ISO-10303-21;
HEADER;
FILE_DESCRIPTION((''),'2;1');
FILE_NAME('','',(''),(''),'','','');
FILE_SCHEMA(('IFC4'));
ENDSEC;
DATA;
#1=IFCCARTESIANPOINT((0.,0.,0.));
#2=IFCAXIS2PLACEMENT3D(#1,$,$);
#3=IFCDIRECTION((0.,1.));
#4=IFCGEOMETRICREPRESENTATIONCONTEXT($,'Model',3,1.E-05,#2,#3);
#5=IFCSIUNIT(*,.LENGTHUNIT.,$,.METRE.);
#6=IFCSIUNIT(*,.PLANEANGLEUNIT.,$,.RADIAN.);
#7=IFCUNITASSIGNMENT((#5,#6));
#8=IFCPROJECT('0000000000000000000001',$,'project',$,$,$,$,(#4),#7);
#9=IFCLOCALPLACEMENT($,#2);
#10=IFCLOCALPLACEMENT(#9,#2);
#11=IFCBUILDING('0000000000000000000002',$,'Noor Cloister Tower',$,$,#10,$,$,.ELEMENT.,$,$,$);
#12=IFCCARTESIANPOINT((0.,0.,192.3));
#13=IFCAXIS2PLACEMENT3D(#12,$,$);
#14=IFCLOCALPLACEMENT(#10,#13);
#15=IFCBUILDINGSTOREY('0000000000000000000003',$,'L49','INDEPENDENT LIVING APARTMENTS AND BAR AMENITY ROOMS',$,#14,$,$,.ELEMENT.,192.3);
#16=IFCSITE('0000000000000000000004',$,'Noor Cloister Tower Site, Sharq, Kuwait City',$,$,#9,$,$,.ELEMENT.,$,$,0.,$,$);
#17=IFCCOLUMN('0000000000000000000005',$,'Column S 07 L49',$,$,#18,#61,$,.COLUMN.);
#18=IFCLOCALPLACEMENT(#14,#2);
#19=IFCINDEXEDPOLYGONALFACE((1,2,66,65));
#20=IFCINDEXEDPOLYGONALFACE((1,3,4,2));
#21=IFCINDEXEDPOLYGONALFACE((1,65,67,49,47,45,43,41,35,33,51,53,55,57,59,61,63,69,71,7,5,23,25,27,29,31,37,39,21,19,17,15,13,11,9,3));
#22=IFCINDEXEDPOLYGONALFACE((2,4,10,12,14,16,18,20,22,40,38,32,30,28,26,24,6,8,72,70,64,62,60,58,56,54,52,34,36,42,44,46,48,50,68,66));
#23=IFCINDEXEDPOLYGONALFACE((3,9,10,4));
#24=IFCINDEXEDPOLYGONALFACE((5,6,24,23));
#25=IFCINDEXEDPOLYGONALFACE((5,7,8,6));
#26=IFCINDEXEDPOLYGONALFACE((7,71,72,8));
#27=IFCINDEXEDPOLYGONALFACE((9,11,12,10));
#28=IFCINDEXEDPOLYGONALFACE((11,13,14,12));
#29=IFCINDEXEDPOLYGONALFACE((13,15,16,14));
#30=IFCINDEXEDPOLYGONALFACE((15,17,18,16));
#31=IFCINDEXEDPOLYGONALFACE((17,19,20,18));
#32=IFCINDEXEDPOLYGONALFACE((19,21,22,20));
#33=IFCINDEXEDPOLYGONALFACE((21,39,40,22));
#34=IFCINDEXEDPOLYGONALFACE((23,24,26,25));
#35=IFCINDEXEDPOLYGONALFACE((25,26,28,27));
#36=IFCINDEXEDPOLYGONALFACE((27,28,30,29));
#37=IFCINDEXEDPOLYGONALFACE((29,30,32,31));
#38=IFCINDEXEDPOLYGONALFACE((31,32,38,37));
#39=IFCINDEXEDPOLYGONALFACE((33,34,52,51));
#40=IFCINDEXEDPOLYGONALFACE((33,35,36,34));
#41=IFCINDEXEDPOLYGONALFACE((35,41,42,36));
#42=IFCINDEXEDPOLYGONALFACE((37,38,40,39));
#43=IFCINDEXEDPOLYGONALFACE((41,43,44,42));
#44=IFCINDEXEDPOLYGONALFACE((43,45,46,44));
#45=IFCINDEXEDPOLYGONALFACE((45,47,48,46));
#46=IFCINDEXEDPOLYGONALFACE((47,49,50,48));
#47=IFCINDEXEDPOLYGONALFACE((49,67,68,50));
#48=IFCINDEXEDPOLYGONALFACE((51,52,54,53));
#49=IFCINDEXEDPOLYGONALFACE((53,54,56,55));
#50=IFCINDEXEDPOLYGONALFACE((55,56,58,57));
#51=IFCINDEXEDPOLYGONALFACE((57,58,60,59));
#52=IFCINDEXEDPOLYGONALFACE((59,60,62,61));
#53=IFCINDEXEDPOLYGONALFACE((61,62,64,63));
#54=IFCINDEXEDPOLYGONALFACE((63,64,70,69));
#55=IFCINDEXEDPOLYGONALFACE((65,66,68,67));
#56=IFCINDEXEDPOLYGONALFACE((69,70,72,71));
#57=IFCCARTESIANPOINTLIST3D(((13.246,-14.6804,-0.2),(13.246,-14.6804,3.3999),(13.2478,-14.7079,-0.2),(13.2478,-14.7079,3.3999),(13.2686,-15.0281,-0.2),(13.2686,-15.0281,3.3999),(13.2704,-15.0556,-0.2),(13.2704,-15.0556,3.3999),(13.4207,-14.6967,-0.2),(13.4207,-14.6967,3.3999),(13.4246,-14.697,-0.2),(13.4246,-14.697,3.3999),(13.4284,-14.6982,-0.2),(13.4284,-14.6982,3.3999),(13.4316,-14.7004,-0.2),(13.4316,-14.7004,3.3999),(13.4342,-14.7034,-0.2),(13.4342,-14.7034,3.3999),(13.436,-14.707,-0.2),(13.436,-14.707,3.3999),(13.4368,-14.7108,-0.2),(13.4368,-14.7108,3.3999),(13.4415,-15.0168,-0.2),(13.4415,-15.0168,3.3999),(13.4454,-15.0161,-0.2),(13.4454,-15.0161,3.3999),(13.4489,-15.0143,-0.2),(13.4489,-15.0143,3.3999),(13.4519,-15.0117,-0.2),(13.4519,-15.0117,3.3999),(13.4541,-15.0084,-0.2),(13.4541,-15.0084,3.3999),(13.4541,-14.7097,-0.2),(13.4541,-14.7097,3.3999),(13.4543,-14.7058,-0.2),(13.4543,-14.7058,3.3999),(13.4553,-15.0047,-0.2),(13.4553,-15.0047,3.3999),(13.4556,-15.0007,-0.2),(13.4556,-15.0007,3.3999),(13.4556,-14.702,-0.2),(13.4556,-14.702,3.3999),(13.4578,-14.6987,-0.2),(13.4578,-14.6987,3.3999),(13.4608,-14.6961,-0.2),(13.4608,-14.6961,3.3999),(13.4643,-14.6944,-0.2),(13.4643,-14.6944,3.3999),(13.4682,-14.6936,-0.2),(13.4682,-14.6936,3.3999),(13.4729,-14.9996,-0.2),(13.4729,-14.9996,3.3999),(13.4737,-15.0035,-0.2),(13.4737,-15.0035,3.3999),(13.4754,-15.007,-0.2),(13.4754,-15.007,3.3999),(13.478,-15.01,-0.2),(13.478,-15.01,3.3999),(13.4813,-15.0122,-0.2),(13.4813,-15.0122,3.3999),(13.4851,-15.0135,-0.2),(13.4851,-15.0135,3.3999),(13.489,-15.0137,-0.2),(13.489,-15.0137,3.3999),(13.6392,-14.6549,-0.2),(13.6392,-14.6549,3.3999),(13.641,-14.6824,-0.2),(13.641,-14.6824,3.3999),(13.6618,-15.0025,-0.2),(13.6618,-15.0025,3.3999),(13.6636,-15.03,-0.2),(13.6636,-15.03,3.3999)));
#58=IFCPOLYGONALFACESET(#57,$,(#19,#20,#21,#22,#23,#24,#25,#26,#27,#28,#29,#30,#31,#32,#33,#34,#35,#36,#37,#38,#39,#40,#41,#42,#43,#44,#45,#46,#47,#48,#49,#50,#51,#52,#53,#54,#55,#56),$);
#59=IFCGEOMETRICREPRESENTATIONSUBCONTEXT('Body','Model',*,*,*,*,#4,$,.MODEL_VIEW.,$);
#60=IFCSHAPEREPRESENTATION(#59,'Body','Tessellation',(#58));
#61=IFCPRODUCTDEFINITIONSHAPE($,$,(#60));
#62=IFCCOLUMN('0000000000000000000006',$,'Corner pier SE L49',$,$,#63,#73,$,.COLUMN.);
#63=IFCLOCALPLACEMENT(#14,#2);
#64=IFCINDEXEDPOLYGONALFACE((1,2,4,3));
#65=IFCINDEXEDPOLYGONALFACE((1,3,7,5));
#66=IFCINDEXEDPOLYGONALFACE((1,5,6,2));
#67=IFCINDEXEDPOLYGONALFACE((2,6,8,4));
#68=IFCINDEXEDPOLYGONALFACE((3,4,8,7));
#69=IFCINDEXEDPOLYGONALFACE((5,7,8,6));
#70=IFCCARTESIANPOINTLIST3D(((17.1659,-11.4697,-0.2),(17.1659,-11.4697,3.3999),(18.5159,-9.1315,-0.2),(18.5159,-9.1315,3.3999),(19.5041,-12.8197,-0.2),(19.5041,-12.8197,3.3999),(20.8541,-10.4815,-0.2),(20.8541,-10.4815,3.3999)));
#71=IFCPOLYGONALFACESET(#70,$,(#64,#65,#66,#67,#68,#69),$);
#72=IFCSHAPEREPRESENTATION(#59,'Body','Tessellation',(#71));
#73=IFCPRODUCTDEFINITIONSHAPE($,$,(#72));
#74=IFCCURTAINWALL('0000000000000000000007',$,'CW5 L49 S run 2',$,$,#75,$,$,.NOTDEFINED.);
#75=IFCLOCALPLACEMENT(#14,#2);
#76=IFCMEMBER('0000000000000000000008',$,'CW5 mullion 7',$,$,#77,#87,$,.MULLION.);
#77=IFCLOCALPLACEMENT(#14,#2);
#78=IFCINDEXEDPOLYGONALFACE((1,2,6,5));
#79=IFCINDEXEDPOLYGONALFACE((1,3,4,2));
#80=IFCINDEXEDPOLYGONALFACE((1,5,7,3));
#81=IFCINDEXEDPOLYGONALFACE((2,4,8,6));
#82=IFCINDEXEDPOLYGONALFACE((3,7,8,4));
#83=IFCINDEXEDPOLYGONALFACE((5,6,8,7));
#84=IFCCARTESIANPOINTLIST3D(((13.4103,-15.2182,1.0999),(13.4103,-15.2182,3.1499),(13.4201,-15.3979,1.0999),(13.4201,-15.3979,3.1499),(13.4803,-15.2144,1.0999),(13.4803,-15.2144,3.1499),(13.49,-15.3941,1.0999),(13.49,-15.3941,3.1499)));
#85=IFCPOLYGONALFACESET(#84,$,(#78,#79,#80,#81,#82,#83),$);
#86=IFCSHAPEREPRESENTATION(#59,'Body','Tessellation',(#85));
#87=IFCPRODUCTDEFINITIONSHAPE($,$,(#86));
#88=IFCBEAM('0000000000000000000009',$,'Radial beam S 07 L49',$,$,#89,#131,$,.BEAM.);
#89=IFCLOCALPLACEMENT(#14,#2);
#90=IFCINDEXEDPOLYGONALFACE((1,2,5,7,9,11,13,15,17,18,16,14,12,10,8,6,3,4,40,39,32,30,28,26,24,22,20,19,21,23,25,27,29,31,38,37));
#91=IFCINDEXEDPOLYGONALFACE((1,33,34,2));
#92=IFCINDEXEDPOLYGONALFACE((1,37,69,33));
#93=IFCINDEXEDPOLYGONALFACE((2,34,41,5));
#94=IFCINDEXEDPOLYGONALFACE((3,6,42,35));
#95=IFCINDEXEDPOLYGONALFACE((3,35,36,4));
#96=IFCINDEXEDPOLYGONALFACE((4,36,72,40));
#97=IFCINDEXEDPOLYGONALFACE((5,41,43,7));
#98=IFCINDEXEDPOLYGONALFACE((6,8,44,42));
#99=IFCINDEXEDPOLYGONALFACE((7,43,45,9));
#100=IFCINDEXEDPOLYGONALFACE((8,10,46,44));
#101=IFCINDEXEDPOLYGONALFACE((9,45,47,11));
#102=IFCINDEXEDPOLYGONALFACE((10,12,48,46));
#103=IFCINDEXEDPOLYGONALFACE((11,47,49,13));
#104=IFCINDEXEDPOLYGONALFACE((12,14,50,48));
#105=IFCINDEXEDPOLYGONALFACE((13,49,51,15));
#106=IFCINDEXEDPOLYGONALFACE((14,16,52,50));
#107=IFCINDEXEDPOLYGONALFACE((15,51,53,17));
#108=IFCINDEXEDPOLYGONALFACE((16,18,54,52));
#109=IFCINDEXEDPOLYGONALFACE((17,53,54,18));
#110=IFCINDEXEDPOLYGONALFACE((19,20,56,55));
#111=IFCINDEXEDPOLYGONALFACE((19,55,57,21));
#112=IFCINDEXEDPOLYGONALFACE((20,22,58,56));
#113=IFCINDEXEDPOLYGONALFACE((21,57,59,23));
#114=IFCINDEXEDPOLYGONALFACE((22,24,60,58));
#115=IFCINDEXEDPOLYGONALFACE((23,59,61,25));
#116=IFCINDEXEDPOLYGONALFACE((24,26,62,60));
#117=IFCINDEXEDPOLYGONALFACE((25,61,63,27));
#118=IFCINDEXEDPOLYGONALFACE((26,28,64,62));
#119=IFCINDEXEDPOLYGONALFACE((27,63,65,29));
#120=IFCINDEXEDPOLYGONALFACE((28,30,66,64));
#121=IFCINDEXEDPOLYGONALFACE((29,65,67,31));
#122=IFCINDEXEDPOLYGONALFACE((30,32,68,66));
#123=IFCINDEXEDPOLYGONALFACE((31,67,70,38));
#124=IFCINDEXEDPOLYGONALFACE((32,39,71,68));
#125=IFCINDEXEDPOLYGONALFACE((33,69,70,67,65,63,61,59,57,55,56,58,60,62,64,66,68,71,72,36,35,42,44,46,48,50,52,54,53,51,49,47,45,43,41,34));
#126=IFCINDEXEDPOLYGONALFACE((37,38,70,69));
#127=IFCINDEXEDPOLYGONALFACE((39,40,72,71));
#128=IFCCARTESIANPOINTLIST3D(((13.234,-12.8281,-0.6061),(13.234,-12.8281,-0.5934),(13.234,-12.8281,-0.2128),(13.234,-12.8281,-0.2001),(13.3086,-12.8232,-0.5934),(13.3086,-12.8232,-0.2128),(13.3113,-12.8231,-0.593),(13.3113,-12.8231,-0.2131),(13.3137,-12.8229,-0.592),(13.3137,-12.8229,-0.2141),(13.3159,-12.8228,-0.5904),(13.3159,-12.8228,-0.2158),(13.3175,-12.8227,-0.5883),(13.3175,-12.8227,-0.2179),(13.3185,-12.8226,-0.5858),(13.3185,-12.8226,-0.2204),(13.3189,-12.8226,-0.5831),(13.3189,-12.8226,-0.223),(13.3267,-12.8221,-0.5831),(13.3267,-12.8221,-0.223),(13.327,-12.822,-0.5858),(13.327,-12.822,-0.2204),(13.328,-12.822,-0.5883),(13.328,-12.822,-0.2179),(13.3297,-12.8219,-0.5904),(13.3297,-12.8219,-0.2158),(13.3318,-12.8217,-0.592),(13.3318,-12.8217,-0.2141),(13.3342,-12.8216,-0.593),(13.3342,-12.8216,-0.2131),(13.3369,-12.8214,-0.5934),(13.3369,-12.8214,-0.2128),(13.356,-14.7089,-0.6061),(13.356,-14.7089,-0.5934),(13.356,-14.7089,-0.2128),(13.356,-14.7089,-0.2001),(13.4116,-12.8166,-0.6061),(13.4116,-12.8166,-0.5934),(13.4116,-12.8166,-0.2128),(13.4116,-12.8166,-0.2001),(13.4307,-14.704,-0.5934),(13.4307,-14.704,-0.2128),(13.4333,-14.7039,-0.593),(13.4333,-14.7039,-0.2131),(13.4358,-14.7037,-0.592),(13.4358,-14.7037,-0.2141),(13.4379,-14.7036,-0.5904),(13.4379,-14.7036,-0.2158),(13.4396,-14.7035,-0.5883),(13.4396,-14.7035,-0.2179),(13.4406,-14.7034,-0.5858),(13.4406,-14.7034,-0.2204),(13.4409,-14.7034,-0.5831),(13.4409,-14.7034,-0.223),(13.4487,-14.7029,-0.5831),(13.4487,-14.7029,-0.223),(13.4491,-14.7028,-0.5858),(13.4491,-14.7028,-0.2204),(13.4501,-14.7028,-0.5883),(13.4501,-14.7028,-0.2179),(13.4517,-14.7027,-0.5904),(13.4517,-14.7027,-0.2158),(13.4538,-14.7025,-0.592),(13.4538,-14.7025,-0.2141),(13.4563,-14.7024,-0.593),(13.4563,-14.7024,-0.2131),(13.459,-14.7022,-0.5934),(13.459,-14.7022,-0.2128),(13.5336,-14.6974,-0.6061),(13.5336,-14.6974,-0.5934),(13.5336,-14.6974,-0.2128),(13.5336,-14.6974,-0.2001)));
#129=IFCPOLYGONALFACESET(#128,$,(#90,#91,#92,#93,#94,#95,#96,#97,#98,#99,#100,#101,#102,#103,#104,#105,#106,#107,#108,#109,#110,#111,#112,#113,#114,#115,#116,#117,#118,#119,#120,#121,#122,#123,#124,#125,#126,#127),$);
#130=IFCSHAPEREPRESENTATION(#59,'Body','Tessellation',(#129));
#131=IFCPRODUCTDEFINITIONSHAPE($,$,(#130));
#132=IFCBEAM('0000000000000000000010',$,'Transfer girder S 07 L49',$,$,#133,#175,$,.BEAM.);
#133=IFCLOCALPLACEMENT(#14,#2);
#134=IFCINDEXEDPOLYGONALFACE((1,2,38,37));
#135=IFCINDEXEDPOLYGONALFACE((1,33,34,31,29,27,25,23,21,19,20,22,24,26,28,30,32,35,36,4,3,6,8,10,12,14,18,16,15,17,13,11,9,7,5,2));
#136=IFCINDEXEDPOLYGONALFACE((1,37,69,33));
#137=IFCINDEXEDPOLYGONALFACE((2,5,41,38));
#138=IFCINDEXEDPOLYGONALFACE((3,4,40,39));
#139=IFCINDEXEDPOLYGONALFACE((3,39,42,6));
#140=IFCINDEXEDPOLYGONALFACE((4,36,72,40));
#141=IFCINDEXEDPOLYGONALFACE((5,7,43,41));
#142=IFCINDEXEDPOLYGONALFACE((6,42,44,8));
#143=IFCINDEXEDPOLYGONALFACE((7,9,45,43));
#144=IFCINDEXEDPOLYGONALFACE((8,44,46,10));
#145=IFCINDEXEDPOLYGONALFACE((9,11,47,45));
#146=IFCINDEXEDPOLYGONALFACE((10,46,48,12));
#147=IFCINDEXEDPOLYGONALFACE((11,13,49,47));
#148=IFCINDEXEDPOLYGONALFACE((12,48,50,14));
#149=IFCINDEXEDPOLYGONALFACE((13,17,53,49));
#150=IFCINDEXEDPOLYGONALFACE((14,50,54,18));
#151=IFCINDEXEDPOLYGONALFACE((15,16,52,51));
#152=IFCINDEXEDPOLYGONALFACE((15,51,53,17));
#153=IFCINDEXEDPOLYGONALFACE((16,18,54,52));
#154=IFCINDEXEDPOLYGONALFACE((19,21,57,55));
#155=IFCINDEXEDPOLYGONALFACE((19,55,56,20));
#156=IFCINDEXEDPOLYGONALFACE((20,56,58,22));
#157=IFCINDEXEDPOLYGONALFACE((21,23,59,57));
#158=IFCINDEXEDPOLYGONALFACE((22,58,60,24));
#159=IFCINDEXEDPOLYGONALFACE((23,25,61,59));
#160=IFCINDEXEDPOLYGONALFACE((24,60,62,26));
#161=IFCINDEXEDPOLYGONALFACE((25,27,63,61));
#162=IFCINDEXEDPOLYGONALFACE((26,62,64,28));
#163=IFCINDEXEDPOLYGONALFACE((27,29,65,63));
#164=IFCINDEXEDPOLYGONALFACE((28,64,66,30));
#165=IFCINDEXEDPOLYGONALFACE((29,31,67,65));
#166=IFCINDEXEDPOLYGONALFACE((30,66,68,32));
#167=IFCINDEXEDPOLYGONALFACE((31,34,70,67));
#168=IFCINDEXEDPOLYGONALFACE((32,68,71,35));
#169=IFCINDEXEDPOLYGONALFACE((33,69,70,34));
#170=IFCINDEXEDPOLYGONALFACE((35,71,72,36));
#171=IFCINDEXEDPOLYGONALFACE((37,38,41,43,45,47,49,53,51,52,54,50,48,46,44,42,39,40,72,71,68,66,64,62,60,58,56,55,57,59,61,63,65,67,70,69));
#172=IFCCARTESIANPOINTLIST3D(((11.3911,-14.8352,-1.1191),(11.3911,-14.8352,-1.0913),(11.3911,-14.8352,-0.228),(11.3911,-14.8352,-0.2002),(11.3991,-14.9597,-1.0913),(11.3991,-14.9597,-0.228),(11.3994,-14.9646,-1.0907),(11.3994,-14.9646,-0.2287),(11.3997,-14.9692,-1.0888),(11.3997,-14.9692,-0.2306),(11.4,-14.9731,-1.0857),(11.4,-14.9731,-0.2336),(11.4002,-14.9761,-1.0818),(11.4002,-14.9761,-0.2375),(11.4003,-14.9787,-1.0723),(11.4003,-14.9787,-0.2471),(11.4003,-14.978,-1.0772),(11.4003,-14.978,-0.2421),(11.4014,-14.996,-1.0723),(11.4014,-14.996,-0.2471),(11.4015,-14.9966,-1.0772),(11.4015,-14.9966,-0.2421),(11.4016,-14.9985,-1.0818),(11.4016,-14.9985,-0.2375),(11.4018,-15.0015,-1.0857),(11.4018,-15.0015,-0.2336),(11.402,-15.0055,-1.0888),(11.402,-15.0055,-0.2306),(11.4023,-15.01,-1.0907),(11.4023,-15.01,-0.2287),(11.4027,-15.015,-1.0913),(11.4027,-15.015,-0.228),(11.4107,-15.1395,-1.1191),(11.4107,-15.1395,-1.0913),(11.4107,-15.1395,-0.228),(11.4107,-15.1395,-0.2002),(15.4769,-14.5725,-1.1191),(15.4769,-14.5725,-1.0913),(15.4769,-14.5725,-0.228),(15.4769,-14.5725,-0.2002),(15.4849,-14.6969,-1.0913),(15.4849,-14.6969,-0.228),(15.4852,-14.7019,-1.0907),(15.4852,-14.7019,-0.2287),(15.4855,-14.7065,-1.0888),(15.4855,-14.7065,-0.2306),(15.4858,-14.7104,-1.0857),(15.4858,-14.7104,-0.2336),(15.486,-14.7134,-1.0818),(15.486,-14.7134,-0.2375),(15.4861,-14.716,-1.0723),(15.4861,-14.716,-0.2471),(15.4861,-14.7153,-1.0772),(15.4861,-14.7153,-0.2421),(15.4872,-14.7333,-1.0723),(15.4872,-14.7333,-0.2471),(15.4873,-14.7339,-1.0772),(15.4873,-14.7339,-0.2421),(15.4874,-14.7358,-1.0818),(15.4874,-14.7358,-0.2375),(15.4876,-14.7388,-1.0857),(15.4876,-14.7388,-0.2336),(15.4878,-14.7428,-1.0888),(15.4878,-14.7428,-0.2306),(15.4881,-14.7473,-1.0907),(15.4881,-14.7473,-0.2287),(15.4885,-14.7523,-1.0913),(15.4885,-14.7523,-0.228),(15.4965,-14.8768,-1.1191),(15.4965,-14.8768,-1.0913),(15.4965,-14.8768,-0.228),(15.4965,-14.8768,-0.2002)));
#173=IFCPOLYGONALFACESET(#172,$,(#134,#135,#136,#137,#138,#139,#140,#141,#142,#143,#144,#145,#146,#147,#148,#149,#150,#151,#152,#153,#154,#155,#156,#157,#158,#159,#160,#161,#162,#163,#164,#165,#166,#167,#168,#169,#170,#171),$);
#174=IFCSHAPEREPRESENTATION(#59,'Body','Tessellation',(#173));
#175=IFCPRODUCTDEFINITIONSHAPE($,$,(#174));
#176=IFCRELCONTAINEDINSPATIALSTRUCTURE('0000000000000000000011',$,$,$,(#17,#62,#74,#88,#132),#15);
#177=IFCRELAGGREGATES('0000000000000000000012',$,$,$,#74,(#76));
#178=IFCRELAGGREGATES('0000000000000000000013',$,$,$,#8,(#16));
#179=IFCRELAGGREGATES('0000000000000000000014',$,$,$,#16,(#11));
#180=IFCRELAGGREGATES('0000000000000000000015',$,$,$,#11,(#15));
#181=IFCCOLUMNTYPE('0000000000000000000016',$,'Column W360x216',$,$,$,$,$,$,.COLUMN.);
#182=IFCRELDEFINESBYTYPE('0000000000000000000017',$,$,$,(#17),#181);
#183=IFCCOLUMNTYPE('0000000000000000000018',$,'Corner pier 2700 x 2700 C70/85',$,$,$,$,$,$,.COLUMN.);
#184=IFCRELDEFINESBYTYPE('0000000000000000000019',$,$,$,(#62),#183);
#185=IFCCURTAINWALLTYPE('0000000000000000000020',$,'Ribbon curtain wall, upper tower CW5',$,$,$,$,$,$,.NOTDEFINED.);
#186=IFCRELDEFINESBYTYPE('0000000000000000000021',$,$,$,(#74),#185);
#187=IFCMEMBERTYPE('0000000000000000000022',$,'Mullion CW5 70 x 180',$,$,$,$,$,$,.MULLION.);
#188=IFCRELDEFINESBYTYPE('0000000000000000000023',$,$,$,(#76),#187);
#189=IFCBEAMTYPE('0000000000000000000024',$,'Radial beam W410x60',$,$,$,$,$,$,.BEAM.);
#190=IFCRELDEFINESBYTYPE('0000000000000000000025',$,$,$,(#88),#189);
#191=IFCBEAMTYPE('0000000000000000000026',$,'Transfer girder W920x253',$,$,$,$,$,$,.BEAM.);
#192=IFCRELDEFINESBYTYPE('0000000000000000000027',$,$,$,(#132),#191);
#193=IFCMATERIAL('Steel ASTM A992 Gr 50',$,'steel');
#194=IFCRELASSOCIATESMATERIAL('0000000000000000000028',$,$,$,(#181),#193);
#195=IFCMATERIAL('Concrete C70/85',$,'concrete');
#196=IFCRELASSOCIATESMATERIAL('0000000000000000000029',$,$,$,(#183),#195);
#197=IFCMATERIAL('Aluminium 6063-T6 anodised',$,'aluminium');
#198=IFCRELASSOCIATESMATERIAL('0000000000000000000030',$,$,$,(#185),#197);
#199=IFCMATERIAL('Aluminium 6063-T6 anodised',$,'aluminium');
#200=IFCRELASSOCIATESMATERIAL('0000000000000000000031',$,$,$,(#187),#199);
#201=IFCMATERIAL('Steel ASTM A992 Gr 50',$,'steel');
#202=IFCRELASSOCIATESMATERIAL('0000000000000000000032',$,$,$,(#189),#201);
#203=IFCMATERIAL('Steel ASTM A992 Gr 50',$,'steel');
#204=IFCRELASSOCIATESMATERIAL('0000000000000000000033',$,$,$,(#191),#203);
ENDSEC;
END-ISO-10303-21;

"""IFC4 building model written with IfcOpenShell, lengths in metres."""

from ifc_helpers import new_model, si_unit, direction, frame, origin, origin_2d, place, context, subcontext, project, spatial, rectangle, i_section, extrude, material, material_profile, profile_set, type_object, element, aggregate, save


model = new_model("IFC4")

# Units and contexts
model_context = context("Model", 3, precision=1e-05, world=origin(), true_north=direction((0.0, 1.0)))
body_context = subcontext(model_context, "Body", "Model", "MODEL_VIEW")
ifc_project = project(units=[si_unit("LENGTHUNIT", "METRE"), si_unit("PLANEANGLEUNIT", "RADIAN")], contexts=[model_context])

# Site, building, storey
site_placement = place(None, origin())
site = spatial("IfcSite", under=ifc_project, at=site_placement, Name="Noor Cloister Tower Site, Sharq, Kuwait City", CompositionType="ELEMENT", RefElevation=0.0)
building_placement = place(site_placement, origin())
building = spatial("IfcBuilding", under=site, at=building_placement, Name="Noor Cloister Tower", CompositionType="ELEMENT")
storey_placement = place(building_placement, frame((0.0, 0.0, 192.3)))
storey = spatial("IfcBuildingStorey", under=building, at=storey_placement, Name="L49", Description="INDEPENDENT LIVING APARTMENTS AND BAR AMENITY ROOMS", CompositionType="ELEMENT", Elevation=192.3)

# Columns
ifc_material_1 = material(Name="Steel ASTM A992 Gr 50", Category="steel")
ifc_material_profile_1 = material_profile(ifc_material_1, i_section(OverallWidth=0.394, OverallDepth=0.376, WebThickness=0.0173, FlangeThickness=0.0276, FilletRadius=0.0151, at=origin_2d()), Name="W360x216")
ifc_profile_set_1 = profile_set([ifc_material_profile_1], Name="Steel ASTM A992 Gr 50")
column_type_1 = type_object("IfcColumnType", Name="Column W360x216", PredefinedType="COLUMN", material=ifc_profile_set_1)
column_1_placement = place(storey_placement, frame((13.4548, -14.8552, -0.2), z_axis=(0.0, 0.0, 1.0), x_axis=(0.997893, 0.064875, 0.0)))
element("IfcColumn", 1, at=column_1_placement, inside=storey, type_object=column_type_1, Name="Column S 07 L49", PredefinedType="COLUMN", context=body_context, shape_type="SweptSolid", body=[
    extrude(i_section(OverallWidth=0.394, OverallDepth=0.376, WebThickness=0.0173, FlangeThickness=0.0276, FilletRadius=0.0151, at=origin_2d()), origin(), (0.0, 0.0, 1.0), 3.5999),
])
ifc_material_2 = material(Name="Concrete C70/85", Category="concrete")
ifc_material_profile_2 = material_profile(ifc_material_2, rectangle(XDim=2.7, YDim=2.7, at=origin_2d()), Name="RC 2700x2700")
ifc_profile_set_2 = profile_set([ifc_material_profile_2], Name="Concrete C70/85")
column_type_2 = type_object("IfcColumnType", Name="Corner pier 2700 x 2700 C70/85", PredefinedType="COLUMN", material=ifc_profile_set_2)
column_2_placement = place(storey_placement, frame((19.01, -10.9756, -0.2), z_axis=(0.0, 0.0, 1.0), x_axis=(0.866025, -0.5, 0.0)))
element("IfcColumn", 2, at=column_2_placement, inside=storey, type_object=column_type_2, Name="Corner pier SE L49", PredefinedType="COLUMN", context=body_context, shape_type="SweptSolid", body=[
    extrude(rectangle(XDim=2.7, YDim=2.7, at=origin_2d()), origin(), (0.0, 0.0, 1.0), 3.5999),
])

# Curtain wall, member
ifc_material_3 = material(Name="Aluminium 6063-T6 anodised", Category="aluminium")
curtain_wall_type = type_object("IfcCurtainWallType", Name="Ribbon curtain wall, upper tower CW5", PredefinedType="NOTDEFINED", material=ifc_material_3)
curtain_wall_placement = place(storey_placement, origin())
curtain_wall = element("IfcCurtainWall", 3, at=curtain_wall_placement, inside=storey, type_object=curtain_wall_type, Name="CW5 L49 S run 2", PredefinedType="NOTDEFINED")
ifc_material_4 = material(Name="Aluminium 6063-T6 anodised", Category="aluminium")
ifc_material_profile_3 = material_profile(ifc_material_4, rectangle(XDim=0.1799, YDim=0.0701, at=origin_2d()), Name="180 x 70 mullion")
ifc_profile_set_3 = profile_set([ifc_material_profile_3], Name="Aluminium 6063-T6 anodised")
member_type = type_object("IfcMemberType", Name="Mullion CW5 70 x 180", PredefinedType="MULLION", material=ifc_profile_set_3)
member_placement = place(storey_placement, frame((13.4502, -15.3062, 1.0999), z_axis=(0.0, 0.0, 1.0), x_axis=(-0.054074, 0.998537, 0.0)))
member = element("IfcMember", 4, at=member_placement, type_object=member_type, Name="CW5 mullion 7", PredefinedType="MULLION", context=body_context, shape_type="SweptSolid", body=[
    extrude(rectangle(XDim=0.1799, YDim=0.0701, at=origin_2d()), origin(), (0.0, 0.0, 1.0), 2.05),
])

# Beams
ifc_material_5 = material(Name="Steel ASTM A992 Gr 50", Category="steel")
ifc_material_profile_4 = material_profile(ifc_material_5, i_section(OverallWidth=0.178, OverallDepth=0.406, WebThickness=0.0078, FlangeThickness=0.0127, FilletRadius=0.0103, at=origin_2d()), Name="W410x60")
ifc_profile_set_4 = profile_set([ifc_material_profile_4], Name="Steel ASTM A992 Gr 50")
beam_type_1 = type_object("IfcBeamType", Name="Radial beam W410x60", PredefinedType="BEAM", material=ifc_profile_set_4)
beam_1_placement = place(storey_placement, frame((13.4448, -14.7031, -0.4031), z_axis=(-0.064765, 0.997901, 0.0), x_axis=(-0.997901, -0.064765, 0.0)))
element("IfcBeam", 5, at=beam_1_placement, inside=storey, type_object=beam_type_1, Name="Radial beam S 07 L49", PredefinedType="BEAM", context=body_context, shape_type="SweptSolid", body=[
    extrude(i_section(OverallWidth=0.178, OverallDepth=0.406, WebThickness=0.0078, FlangeThickness=0.0127, FilletRadius=0.0103, at=origin_2d()), origin(), (0.0, 0.0, 1.0), 1.8848),
])
ifc_material_6 = material(Name="Steel ASTM A992 Gr 50", Category="steel")
ifc_material_profile_5 = material_profile(ifc_material_6, i_section(OverallWidth=0.3049, OverallDepth=0.9189, WebThickness=0.0173, FlangeThickness=0.0278, FilletRadius=0.019, at=origin_2d()), Name="W920x253")
ifc_profile_set_5 = profile_set([ifc_material_profile_5], Name="Steel ASTM A992 Gr 50")
beam_type_2 = type_object("IfcBeamType", Name="Transfer girder W920x253", PredefinedType="BEAM", material=ifc_profile_set_5)
beam_2_placement = place(storey_placement, frame((11.4009, -14.9873, -0.6597), z_axis=(0.997939, 0.064164, 0.0), x_axis=(-0.064164, 0.997939, 0.0)))
element("IfcBeam", 6, at=beam_2_placement, inside=storey, type_object=beam_type_2, Name="Transfer girder S 07 L49", PredefinedType="BEAM", context=body_context, shape_type="SweptSolid", body=[
    extrude(i_section(OverallWidth=0.3049, OverallDepth=0.9189, WebThickness=0.0173, FlangeThickness=0.0278, FilletRadius=0.019, at=origin_2d()), origin(), (0.0, 0.0, 1.0), 4.0942),
])

aggregate(curtain_wall, [member])

save(model, "model.ifc")
